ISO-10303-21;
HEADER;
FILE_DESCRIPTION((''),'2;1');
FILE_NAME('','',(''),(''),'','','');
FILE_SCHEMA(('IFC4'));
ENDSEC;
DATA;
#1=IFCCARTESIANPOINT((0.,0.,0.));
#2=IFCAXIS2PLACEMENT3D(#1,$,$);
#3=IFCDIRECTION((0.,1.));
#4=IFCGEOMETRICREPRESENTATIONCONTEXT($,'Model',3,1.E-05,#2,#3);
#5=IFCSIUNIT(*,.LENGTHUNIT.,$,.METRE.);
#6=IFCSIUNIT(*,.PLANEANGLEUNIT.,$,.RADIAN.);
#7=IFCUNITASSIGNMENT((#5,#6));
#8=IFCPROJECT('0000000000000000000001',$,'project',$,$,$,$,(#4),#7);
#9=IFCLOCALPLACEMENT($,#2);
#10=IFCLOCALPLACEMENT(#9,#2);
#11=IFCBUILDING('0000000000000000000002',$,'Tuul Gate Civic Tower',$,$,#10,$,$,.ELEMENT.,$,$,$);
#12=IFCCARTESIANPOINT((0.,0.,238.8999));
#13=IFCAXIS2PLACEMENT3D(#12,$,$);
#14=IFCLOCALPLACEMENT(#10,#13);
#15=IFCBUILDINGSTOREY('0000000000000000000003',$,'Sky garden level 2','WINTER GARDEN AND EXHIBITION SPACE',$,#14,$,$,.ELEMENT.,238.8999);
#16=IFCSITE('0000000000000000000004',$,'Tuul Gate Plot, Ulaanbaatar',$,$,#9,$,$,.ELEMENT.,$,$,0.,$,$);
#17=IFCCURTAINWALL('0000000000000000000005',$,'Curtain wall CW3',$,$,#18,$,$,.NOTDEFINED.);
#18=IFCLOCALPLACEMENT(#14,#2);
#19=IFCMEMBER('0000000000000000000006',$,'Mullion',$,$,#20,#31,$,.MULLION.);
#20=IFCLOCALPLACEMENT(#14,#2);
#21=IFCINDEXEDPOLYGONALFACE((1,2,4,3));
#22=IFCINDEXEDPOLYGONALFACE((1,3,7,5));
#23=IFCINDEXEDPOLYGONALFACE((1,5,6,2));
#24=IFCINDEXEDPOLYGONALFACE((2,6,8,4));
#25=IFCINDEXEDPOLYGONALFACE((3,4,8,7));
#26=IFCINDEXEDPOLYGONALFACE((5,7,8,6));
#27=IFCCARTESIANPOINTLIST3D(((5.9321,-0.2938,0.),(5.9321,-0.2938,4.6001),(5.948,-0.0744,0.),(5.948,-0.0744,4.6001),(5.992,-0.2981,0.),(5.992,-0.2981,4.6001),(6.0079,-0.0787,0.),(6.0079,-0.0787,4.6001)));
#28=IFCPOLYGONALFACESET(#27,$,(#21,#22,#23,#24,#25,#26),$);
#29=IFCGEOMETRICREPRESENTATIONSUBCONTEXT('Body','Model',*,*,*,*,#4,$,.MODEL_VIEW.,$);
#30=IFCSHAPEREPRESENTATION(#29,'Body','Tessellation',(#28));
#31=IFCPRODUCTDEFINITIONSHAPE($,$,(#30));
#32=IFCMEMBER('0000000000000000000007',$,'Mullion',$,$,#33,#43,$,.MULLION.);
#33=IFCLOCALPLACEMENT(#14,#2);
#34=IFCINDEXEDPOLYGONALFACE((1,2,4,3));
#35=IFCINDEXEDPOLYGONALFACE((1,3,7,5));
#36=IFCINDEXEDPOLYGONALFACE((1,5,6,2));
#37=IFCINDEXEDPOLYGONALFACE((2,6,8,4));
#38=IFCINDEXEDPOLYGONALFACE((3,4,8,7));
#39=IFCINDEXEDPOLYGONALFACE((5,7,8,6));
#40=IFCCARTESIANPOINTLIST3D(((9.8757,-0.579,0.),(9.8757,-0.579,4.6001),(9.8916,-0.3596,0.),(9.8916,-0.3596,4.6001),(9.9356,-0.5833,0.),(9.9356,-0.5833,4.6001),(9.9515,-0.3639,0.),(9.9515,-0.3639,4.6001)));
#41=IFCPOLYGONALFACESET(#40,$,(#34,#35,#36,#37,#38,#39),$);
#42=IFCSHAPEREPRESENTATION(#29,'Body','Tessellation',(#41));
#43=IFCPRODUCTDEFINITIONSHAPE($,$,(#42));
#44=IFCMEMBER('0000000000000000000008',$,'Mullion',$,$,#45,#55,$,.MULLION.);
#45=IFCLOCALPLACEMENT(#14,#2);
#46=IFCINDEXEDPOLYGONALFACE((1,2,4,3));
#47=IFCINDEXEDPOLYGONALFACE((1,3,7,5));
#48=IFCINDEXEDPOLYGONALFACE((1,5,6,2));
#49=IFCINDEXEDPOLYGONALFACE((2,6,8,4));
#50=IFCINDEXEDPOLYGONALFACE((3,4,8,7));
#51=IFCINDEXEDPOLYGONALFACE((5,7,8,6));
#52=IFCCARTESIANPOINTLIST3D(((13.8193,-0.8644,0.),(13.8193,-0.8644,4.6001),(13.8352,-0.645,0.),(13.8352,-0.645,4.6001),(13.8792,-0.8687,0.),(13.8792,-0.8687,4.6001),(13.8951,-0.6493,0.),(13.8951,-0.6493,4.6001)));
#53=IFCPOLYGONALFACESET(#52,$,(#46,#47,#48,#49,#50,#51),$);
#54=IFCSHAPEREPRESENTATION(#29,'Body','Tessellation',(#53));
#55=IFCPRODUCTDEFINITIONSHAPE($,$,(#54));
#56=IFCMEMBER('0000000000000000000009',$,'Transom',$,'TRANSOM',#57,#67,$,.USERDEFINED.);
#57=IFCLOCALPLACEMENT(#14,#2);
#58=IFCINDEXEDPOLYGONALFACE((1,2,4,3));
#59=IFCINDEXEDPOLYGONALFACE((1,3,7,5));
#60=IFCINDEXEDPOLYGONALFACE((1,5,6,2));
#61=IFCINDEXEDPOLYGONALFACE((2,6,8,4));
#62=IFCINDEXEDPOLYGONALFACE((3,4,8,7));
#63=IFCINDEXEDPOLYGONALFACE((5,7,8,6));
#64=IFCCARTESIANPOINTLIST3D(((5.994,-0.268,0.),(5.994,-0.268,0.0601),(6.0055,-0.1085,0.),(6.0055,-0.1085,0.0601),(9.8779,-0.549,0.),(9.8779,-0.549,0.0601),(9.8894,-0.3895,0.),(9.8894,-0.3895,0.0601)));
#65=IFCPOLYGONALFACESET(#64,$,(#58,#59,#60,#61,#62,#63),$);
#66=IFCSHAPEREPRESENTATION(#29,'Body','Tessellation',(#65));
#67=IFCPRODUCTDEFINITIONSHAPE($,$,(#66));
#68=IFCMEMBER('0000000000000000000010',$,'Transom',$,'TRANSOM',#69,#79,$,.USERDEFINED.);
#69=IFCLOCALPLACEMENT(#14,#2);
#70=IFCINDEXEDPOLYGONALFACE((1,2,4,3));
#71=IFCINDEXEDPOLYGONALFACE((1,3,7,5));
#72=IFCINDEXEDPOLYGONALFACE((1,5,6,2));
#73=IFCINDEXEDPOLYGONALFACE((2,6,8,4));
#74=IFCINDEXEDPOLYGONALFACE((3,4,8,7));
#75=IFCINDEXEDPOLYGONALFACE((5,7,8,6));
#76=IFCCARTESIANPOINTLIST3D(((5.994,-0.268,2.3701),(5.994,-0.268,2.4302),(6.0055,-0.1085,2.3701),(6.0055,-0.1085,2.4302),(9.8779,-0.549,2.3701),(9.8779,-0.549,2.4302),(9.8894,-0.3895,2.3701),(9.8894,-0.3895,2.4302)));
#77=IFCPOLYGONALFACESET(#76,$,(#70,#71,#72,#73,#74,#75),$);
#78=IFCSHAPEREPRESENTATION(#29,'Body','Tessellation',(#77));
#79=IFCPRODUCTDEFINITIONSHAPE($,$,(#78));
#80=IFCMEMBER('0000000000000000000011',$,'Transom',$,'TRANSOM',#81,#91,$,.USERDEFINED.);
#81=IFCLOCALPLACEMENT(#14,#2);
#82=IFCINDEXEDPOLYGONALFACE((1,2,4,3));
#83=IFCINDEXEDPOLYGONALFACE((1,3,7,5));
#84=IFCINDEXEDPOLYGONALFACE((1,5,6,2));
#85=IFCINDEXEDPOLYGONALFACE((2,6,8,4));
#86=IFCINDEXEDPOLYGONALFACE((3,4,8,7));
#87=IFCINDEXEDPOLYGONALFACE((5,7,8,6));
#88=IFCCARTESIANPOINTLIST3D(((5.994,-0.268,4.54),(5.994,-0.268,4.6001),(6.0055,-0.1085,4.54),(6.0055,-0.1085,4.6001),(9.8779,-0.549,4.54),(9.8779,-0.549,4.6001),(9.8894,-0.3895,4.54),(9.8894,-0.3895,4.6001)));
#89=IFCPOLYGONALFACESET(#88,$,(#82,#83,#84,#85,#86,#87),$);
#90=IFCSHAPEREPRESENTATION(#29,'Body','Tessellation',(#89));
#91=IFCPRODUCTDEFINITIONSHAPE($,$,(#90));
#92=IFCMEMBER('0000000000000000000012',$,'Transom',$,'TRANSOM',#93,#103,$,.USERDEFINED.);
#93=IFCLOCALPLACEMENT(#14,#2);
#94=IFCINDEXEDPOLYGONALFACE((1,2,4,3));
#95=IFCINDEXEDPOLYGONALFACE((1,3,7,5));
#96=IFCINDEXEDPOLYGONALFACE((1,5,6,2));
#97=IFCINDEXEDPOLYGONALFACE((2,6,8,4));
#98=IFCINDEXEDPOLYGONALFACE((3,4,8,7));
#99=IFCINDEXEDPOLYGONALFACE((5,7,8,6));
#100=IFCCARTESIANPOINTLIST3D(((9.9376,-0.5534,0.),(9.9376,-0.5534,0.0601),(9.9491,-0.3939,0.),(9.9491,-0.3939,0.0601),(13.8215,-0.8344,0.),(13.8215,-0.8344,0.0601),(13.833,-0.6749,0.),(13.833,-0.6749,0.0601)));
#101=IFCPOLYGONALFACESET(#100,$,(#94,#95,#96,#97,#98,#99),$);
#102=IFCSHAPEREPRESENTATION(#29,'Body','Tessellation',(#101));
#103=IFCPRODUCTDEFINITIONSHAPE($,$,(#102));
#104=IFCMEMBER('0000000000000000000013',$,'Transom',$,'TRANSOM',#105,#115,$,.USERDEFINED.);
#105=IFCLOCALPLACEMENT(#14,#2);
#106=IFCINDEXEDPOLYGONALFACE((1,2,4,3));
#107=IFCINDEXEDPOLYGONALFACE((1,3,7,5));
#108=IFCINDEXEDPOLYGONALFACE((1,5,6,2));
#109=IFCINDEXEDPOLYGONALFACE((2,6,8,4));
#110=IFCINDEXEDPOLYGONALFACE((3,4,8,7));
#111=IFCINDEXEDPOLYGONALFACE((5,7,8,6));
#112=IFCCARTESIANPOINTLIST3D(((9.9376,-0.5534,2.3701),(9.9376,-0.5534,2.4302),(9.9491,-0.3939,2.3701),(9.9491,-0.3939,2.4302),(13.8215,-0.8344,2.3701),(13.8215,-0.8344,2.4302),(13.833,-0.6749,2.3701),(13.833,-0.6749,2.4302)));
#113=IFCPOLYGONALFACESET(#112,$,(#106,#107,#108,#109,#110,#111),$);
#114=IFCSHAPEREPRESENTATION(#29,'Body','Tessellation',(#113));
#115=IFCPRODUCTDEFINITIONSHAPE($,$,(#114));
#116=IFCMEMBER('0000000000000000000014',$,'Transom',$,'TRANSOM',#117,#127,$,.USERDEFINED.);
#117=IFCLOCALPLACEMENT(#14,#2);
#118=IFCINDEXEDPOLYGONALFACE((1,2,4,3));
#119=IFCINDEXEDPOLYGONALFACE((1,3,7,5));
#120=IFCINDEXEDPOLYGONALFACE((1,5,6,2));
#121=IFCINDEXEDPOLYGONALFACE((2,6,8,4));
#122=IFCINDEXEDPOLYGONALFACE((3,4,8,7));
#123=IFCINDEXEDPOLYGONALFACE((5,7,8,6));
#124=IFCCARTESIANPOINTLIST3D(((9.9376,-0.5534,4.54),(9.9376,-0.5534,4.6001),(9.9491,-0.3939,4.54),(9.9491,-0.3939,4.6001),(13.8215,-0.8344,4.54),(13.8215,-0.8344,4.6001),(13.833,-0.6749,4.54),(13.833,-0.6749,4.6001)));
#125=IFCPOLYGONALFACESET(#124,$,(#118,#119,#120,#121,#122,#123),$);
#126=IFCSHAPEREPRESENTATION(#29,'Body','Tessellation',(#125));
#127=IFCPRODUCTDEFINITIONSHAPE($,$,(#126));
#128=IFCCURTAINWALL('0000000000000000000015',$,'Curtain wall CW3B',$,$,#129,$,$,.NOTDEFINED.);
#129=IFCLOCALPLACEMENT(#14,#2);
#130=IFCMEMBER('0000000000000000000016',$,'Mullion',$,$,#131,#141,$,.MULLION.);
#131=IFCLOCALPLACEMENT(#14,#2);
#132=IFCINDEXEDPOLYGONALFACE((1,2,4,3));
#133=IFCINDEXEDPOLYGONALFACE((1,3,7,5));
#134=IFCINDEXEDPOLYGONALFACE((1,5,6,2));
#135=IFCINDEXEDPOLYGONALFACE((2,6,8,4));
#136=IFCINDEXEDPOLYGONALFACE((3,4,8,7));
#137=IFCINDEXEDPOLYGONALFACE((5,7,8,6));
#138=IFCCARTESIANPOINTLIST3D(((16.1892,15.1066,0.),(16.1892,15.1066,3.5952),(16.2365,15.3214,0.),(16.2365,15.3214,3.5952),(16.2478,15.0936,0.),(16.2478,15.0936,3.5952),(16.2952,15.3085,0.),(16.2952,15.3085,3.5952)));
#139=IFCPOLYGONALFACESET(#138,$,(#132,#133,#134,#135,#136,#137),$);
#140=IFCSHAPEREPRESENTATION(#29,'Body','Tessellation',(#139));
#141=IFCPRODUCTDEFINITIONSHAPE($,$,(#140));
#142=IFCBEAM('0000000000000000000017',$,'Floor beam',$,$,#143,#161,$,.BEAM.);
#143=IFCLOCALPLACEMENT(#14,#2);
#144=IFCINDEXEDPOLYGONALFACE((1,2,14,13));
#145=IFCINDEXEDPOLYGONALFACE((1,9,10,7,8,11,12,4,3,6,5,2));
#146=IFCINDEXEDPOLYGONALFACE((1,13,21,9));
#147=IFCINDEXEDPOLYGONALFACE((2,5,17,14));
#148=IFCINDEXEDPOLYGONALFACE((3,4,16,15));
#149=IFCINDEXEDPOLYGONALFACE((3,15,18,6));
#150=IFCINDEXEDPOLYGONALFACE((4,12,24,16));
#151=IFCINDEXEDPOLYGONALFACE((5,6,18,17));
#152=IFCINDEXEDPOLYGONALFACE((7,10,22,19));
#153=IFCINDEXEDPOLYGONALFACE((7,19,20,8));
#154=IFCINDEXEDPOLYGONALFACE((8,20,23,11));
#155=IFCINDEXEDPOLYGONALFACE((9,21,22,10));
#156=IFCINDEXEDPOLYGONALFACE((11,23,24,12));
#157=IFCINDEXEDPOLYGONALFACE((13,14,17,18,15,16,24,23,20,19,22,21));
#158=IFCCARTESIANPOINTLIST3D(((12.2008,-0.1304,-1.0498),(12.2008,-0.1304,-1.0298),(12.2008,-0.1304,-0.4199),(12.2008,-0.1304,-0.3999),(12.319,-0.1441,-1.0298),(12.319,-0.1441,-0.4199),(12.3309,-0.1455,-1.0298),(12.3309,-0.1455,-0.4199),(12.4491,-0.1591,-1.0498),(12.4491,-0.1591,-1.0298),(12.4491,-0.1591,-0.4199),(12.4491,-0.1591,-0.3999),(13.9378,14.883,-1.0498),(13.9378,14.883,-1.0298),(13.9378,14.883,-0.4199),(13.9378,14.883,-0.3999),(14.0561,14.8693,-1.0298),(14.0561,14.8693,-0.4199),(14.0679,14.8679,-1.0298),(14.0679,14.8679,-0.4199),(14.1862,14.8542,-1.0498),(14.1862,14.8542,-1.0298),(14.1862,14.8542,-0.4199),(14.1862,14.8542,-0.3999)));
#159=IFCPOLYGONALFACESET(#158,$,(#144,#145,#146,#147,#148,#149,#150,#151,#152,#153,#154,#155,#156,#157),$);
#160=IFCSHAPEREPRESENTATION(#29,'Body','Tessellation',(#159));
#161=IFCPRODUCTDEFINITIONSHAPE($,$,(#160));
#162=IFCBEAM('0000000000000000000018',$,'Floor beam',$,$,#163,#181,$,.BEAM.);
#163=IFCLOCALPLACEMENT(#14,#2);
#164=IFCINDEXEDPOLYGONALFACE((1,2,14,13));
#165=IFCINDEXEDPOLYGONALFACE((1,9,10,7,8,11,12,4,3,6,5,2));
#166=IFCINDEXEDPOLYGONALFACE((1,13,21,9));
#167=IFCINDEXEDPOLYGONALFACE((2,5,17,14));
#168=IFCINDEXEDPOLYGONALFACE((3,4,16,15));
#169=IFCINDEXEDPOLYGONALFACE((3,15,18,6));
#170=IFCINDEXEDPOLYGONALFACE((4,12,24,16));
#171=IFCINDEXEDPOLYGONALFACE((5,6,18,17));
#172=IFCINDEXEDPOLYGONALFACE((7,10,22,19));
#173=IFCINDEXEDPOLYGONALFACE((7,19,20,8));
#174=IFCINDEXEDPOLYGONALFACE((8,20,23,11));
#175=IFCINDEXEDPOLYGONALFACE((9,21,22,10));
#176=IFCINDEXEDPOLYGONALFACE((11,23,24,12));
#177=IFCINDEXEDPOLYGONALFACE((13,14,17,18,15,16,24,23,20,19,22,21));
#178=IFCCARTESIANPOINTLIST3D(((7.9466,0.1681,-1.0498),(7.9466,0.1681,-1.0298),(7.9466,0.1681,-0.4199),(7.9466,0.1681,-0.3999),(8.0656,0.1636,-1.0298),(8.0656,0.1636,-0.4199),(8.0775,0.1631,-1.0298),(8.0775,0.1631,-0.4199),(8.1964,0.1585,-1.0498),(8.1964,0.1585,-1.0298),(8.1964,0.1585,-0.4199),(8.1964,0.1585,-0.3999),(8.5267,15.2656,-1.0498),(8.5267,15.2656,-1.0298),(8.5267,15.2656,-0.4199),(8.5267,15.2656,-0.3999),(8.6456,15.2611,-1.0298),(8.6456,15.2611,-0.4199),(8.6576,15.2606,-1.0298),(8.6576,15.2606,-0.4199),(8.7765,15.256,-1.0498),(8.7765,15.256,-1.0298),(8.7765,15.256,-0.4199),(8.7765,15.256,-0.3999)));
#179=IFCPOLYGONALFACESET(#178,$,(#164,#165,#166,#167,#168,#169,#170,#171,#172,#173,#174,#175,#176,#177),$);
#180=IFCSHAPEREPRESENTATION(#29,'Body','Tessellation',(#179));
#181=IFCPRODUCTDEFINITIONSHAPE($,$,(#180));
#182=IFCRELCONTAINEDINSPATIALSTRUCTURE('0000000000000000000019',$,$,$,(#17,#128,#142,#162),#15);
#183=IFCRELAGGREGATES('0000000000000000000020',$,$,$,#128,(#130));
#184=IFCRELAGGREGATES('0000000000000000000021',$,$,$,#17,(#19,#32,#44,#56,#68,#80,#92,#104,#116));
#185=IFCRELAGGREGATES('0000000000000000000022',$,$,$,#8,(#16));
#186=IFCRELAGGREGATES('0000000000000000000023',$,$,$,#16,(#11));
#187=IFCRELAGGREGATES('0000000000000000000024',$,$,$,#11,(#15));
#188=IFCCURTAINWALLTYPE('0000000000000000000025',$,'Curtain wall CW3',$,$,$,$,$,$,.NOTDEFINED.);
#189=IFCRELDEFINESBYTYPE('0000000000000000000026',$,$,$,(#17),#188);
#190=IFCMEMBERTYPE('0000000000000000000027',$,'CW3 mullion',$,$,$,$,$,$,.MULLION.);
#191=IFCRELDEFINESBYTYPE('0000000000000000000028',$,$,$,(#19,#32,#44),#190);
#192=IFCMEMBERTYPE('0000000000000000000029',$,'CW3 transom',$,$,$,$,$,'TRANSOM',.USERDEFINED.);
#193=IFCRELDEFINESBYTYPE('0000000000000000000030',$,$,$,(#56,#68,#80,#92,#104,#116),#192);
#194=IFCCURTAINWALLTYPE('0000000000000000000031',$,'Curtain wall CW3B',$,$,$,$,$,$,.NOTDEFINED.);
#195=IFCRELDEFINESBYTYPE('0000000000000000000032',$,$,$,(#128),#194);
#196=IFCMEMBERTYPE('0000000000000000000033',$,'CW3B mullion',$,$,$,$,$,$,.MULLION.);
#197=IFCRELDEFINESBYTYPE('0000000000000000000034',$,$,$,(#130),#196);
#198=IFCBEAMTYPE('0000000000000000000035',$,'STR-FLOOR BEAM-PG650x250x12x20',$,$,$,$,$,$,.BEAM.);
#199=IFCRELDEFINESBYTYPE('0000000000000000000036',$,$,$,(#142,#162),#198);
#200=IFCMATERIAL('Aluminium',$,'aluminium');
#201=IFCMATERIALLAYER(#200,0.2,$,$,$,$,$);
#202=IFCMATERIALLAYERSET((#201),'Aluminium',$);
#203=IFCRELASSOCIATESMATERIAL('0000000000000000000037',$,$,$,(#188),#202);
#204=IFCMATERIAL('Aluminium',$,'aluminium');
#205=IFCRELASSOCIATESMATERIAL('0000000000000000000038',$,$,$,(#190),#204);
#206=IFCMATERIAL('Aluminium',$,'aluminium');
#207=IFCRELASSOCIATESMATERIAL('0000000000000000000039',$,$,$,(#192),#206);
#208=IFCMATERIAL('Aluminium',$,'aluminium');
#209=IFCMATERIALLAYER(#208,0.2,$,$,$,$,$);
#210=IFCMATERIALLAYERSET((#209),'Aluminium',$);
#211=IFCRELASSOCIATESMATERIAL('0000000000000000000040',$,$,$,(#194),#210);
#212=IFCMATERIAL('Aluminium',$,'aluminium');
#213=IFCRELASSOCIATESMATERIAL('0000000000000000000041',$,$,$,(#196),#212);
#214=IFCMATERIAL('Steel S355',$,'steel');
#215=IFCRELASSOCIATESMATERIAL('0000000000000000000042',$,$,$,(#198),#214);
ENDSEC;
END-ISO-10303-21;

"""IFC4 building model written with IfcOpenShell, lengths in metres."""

from ifc_helpers import new_model, si_unit, direction, frame, origin, origin_2d, place, context, subcontext, project, spatial, rectangle, i_section, extrude, material, layer, layer_set, material_profile, profile_set, type_object, element, aggregate, save


model = new_model("IFC4")

# Units and contexts
model_context = context("Model", 3, precision=1e-05, world=origin(), true_north=direction((0.0, 1.0)))
body_context = subcontext(model_context, "Body", "Model", "MODEL_VIEW")
ifc_project = project(units=[si_unit("LENGTHUNIT", "METRE"), si_unit("PLANEANGLEUNIT", "RADIAN")], contexts=[model_context])

# Site, building, storey
site_placement = place(None, origin())
site = spatial("IfcSite", under=ifc_project, at=site_placement, Name="Tuul Gate Plot, Ulaanbaatar", CompositionType="ELEMENT", RefElevation=0.0)
building_placement = place(site_placement, origin())
building = spatial("IfcBuilding", under=site, at=building_placement, Name="Tuul Gate Civic Tower", CompositionType="ELEMENT")
storey_placement = place(building_placement, frame((0.0, 0.0, 238.8999)))
storey = spatial("IfcBuildingStorey", under=building, at=storey_placement, Name="Sky garden level 2", Description="WINTER GARDEN AND EXHIBITION SPACE", CompositionType="ELEMENT", Elevation=238.8999)

# Curtain wall, members
ifc_material_1 = material(Name="Aluminium", Category="aluminium")
ifc_layer_1 = layer(ifc_material_1, 0.2)
ifc_layer_set_1 = layer_set([ifc_layer_1], Name="Aluminium")
curtain_wall_type_1 = type_object("IfcCurtainWallType", Name="Curtain wall CW3", PredefinedType="NOTDEFINED", material=ifc_layer_set_1)
curtain_wall_1_placement = place(storey_placement, origin())
curtain_wall_1 = element("IfcCurtainWall", 1, at=curtain_wall_1_placement, inside=storey, type_object=curtain_wall_type_1, Name="Curtain wall CW3", PredefinedType="NOTDEFINED")
ifc_material_2 = material(Name="Aluminium", Category="aluminium")
ifc_material_profile_1 = material_profile(ifc_material_2, rectangle(XDim=0.22, YDim=0.0601, at=origin_2d()), Name="CW3 mullion")
ifc_profile_set_1 = profile_set([ifc_material_profile_1], Name="Aluminium")
member_type_1 = type_object("IfcMemberType", Name="CW3 mullion", PredefinedType="MULLION", material=ifc_profile_set_1)
member_1_placement = place(storey_placement, frame((5.97, -0.1863, 0.0), z_axis=(0.0, 0.0, 1.0), x_axis=(0.072166, 0.997393, 0.0)))
member_1 = element("IfcMember", 2, at=member_1_placement, type_object=member_type_1, Name="Mullion", PredefinedType="MULLION", context=body_context, shape_type="SweptSolid", body=[
    extrude(rectangle(XDim=0.22, YDim=0.0601, at=origin_2d()), origin(), (0.0, 0.0, 1.0), 4.6001),
])
member_2_placement = place(storey_placement, frame((9.9136, -0.4714, 0.0), z_axis=(0.0, 0.0, 1.0), x_axis=(0.072166, 0.997393, 0.0)))
member_2 = element("IfcMember", 3, at=member_2_placement, type_object=member_type_1, Name="Mullion", PredefinedType="MULLION", context=body_context, shape_type="SweptSolid", body=[
    extrude(rectangle(XDim=0.22, YDim=0.0601, at=origin_2d()), origin(), (0.0, 0.0, 1.0), 4.6001),
])
member_3_placement = place(storey_placement, frame((13.8572, -0.7568, 0.0), z_axis=(0.0, 0.0, 1.0), x_axis=(0.072166, 0.997393, 0.0)))
member_3 = element("IfcMember", 4, at=member_3_placement, type_object=member_type_1, Name="Mullion", PredefinedType="MULLION", context=body_context, shape_type="SweptSolid", body=[
    extrude(rectangle(XDim=0.22, YDim=0.0601, at=origin_2d()), origin(), (0.0, 0.0, 1.0), 4.6001),
])
ifc_material_3 = material(Name="Aluminium", Category="aluminium")
ifc_material_profile_2 = material_profile(ifc_material_3, rectangle(XDim=0.1599, YDim=0.0601, at=origin_2d()), Name="CW3 transom")
ifc_profile_set_2 = profile_set([ifc_material_profile_2], Name="Aluminium")
member_type_2 = type_object("IfcMemberType", Name="CW3 transom", ElementType="TRANSOM", PredefinedType="USERDEFINED", material=ifc_profile_set_2)
member_4_placement = place(storey_placement, frame((5.9998, -0.1882, 0.03), z_axis=(0.997393, -0.072165, 0.0), x_axis=(0.072165, 0.997393, 0.0)))
member_4 = element("IfcMember", 5, at=member_4_placement, type_object=member_type_2, Name="Transom", ObjectType="TRANSOM", PredefinedType="USERDEFINED", context=body_context, shape_type="SweptSolid", body=[
    extrude(rectangle(XDim=0.1599, YDim=0.0601, at=origin_2d()), origin(), (0.0, 0.0, 1.0), 3.894),
])
member_5_placement = place(storey_placement, frame((5.9998, -0.1882, 2.4001), z_axis=(0.997393, -0.072165, 0.0), x_axis=(0.072165, 0.997393, 0.0)))
member_5 = element("IfcMember", 6, at=member_5_placement, type_object=member_type_2, Name="Transom", ObjectType="TRANSOM", PredefinedType="USERDEFINED", context=body_context, shape_type="SweptSolid", body=[
    extrude(rectangle(XDim=0.1599, YDim=0.0601, at=origin_2d()), origin(), (0.0, 0.0, 1.0), 3.894),
])
member_6_placement = place(storey_placement, frame((5.9998, -0.1882, 4.5701), z_axis=(0.997393, -0.072165, 0.0), x_axis=(0.072165, 0.997393, 0.0)))
member_6 = element("IfcMember", 7, at=member_6_placement, type_object=member_type_2, Name="Transom", ObjectType="TRANSOM", PredefinedType="USERDEFINED", context=body_context, shape_type="SweptSolid", body=[
    extrude(rectangle(XDim=0.1599, YDim=0.0601, at=origin_2d()), origin(), (0.0, 0.0, 1.0), 3.894),
])
member_7_placement = place(storey_placement, frame((9.9434, -0.4736, 0.03), z_axis=(0.997393, -0.072165, 0.0), x_axis=(0.072165, 0.997393, 0.0)))
member_7 = element("IfcMember", 8, at=member_7_placement, type_object=member_type_2, Name="Transom", ObjectType="TRANSOM", PredefinedType="USERDEFINED", context=body_context, shape_type="SweptSolid", body=[
    extrude(rectangle(XDim=0.1599, YDim=0.0601, at=origin_2d()), origin(), (0.0, 0.0, 1.0), 3.894),
])
member_8_placement = place(storey_placement, frame((9.9434, -0.4736, 2.4001), z_axis=(0.997393, -0.072165, 0.0), x_axis=(0.072165, 0.997393, 0.0)))
member_8 = element("IfcMember", 9, at=member_8_placement, type_object=member_type_2, Name="Transom", ObjectType="TRANSOM", PredefinedType="USERDEFINED", context=body_context, shape_type="SweptSolid", body=[
    extrude(rectangle(XDim=0.1599, YDim=0.0601, at=origin_2d()), origin(), (0.0, 0.0, 1.0), 3.894),
])
member_9_placement = place(storey_placement, frame((9.9434, -0.4736, 4.5701), z_axis=(0.997393, -0.072165, 0.0), x_axis=(0.072165, 0.997393, 0.0)))
member_9 = element("IfcMember", 10, at=member_9_placement, type_object=member_type_2, Name="Transom", ObjectType="TRANSOM", PredefinedType="USERDEFINED", context=body_context, shape_type="SweptSolid", body=[
    extrude(rectangle(XDim=0.1599, YDim=0.0601, at=origin_2d()), origin(), (0.0, 0.0, 1.0), 3.894),
])

# Curtain wall, member
ifc_material_4 = material(Name="Aluminium", Category="aluminium")
ifc_layer_2 = layer(ifc_material_4, 0.2)
ifc_layer_set_2 = layer_set([ifc_layer_2], Name="Aluminium")
curtain_wall_type_2 = type_object("IfcCurtainWallType", Name="Curtain wall CW3B", PredefinedType="NOTDEFINED", material=ifc_layer_set_2)
curtain_wall_2_placement = place(storey_placement, origin())
curtain_wall_2 = element("IfcCurtainWall", 11, at=curtain_wall_2_placement, inside=storey, type_object=curtain_wall_type_2, Name="Curtain wall CW3B", PredefinedType="NOTDEFINED")
ifc_material_5 = material(Name="Aluminium", Category="aluminium")
ifc_material_profile_3 = material_profile(ifc_material_5, rectangle(XDim=0.22, YDim=0.0601, at=origin_2d()), Name="CW3B mullion")
ifc_profile_set_3 = profile_set([ifc_material_profile_3], Name="Aluminium")
member_type_3 = type_object("IfcMemberType", Name="CW3B mullion", PredefinedType="MULLION", material=ifc_profile_set_3)
member_10_placement = place(storey_placement, frame((16.2422, 15.2075, 0.0), z_axis=(0.0, 0.0, 1.0), x_axis=(-0.215214, -0.976567, 0.0)))
member_10 = element("IfcMember", 12, at=member_10_placement, type_object=member_type_3, Name="Mullion", PredefinedType="MULLION", context=body_context, shape_type="SweptSolid", body=[
    extrude(rectangle(XDim=0.22, YDim=0.0601, at=origin_2d()), origin(), (0.0, 0.0, 1.0), 3.5952),
])
aggregate(curtain_wall_2, [member_10])

# Beams
ifc_material_6 = material(Name="Steel S355", Category="steel")
ifc_material_profile_4 = material_profile(ifc_material_6, i_section(OverallWidth=0.25, OverallDepth=0.6499, WebThickness=0.012, FlangeThickness=0.02, at=origin_2d()), Name="PG650x250x12x20")
ifc_profile_set_4 = profile_set([ifc_material_profile_4], Name="Steel S355")
beam_type_1 = type_object("IfcBeamType", Name="STR-FLOOR BEAM-PG650x250x12x20", PredefinedType="BEAM", material=ifc_profile_set_4)
beam_1_placement = place(storey_placement, frame((12.325, -0.1448, -0.7249), z_axis=(0.114934, 0.993373, 0.0), x_axis=(-0.993373, 0.114934, 0.0)))
element("IfcBeam", 13, at=beam_1_placement, inside=storey, type_object=beam_type_1, Name="Floor beam", PredefinedType="BEAM", context=body_context, shape_type="SweptSolid", body=[
    extrude(i_section(OverallWidth=0.25, OverallDepth=0.6499, WebThickness=0.012, FlangeThickness=0.02, at=origin_2d()), origin(), (0.0, 0.0, 1.0), 15.1135),
])
beam_2_placement = place(storey_placement, frame((8.0715, 0.1633, -0.7249), z_axis=(0.038394, 0.999263, 0.0), x_axis=(-0.999263, 0.038394, 0.0)))
element("IfcBeam", 14, at=beam_2_placement, inside=storey, type_object=beam_type_1, Name="Floor beam", PredefinedType="BEAM", context=body_context, shape_type="SweptSolid", body=[
    extrude(i_section(OverallWidth=0.25, OverallDepth=0.6499, WebThickness=0.012, FlangeThickness=0.02, at=origin_2d()), origin(), (0.0, 0.0, 1.0), 15.1086),
])

aggregate(curtain_wall_1, [member_1, member_2, member_3, member_4, member_5, member_6, member_7, member_8, member_9])

save(model, "model.ifc")
